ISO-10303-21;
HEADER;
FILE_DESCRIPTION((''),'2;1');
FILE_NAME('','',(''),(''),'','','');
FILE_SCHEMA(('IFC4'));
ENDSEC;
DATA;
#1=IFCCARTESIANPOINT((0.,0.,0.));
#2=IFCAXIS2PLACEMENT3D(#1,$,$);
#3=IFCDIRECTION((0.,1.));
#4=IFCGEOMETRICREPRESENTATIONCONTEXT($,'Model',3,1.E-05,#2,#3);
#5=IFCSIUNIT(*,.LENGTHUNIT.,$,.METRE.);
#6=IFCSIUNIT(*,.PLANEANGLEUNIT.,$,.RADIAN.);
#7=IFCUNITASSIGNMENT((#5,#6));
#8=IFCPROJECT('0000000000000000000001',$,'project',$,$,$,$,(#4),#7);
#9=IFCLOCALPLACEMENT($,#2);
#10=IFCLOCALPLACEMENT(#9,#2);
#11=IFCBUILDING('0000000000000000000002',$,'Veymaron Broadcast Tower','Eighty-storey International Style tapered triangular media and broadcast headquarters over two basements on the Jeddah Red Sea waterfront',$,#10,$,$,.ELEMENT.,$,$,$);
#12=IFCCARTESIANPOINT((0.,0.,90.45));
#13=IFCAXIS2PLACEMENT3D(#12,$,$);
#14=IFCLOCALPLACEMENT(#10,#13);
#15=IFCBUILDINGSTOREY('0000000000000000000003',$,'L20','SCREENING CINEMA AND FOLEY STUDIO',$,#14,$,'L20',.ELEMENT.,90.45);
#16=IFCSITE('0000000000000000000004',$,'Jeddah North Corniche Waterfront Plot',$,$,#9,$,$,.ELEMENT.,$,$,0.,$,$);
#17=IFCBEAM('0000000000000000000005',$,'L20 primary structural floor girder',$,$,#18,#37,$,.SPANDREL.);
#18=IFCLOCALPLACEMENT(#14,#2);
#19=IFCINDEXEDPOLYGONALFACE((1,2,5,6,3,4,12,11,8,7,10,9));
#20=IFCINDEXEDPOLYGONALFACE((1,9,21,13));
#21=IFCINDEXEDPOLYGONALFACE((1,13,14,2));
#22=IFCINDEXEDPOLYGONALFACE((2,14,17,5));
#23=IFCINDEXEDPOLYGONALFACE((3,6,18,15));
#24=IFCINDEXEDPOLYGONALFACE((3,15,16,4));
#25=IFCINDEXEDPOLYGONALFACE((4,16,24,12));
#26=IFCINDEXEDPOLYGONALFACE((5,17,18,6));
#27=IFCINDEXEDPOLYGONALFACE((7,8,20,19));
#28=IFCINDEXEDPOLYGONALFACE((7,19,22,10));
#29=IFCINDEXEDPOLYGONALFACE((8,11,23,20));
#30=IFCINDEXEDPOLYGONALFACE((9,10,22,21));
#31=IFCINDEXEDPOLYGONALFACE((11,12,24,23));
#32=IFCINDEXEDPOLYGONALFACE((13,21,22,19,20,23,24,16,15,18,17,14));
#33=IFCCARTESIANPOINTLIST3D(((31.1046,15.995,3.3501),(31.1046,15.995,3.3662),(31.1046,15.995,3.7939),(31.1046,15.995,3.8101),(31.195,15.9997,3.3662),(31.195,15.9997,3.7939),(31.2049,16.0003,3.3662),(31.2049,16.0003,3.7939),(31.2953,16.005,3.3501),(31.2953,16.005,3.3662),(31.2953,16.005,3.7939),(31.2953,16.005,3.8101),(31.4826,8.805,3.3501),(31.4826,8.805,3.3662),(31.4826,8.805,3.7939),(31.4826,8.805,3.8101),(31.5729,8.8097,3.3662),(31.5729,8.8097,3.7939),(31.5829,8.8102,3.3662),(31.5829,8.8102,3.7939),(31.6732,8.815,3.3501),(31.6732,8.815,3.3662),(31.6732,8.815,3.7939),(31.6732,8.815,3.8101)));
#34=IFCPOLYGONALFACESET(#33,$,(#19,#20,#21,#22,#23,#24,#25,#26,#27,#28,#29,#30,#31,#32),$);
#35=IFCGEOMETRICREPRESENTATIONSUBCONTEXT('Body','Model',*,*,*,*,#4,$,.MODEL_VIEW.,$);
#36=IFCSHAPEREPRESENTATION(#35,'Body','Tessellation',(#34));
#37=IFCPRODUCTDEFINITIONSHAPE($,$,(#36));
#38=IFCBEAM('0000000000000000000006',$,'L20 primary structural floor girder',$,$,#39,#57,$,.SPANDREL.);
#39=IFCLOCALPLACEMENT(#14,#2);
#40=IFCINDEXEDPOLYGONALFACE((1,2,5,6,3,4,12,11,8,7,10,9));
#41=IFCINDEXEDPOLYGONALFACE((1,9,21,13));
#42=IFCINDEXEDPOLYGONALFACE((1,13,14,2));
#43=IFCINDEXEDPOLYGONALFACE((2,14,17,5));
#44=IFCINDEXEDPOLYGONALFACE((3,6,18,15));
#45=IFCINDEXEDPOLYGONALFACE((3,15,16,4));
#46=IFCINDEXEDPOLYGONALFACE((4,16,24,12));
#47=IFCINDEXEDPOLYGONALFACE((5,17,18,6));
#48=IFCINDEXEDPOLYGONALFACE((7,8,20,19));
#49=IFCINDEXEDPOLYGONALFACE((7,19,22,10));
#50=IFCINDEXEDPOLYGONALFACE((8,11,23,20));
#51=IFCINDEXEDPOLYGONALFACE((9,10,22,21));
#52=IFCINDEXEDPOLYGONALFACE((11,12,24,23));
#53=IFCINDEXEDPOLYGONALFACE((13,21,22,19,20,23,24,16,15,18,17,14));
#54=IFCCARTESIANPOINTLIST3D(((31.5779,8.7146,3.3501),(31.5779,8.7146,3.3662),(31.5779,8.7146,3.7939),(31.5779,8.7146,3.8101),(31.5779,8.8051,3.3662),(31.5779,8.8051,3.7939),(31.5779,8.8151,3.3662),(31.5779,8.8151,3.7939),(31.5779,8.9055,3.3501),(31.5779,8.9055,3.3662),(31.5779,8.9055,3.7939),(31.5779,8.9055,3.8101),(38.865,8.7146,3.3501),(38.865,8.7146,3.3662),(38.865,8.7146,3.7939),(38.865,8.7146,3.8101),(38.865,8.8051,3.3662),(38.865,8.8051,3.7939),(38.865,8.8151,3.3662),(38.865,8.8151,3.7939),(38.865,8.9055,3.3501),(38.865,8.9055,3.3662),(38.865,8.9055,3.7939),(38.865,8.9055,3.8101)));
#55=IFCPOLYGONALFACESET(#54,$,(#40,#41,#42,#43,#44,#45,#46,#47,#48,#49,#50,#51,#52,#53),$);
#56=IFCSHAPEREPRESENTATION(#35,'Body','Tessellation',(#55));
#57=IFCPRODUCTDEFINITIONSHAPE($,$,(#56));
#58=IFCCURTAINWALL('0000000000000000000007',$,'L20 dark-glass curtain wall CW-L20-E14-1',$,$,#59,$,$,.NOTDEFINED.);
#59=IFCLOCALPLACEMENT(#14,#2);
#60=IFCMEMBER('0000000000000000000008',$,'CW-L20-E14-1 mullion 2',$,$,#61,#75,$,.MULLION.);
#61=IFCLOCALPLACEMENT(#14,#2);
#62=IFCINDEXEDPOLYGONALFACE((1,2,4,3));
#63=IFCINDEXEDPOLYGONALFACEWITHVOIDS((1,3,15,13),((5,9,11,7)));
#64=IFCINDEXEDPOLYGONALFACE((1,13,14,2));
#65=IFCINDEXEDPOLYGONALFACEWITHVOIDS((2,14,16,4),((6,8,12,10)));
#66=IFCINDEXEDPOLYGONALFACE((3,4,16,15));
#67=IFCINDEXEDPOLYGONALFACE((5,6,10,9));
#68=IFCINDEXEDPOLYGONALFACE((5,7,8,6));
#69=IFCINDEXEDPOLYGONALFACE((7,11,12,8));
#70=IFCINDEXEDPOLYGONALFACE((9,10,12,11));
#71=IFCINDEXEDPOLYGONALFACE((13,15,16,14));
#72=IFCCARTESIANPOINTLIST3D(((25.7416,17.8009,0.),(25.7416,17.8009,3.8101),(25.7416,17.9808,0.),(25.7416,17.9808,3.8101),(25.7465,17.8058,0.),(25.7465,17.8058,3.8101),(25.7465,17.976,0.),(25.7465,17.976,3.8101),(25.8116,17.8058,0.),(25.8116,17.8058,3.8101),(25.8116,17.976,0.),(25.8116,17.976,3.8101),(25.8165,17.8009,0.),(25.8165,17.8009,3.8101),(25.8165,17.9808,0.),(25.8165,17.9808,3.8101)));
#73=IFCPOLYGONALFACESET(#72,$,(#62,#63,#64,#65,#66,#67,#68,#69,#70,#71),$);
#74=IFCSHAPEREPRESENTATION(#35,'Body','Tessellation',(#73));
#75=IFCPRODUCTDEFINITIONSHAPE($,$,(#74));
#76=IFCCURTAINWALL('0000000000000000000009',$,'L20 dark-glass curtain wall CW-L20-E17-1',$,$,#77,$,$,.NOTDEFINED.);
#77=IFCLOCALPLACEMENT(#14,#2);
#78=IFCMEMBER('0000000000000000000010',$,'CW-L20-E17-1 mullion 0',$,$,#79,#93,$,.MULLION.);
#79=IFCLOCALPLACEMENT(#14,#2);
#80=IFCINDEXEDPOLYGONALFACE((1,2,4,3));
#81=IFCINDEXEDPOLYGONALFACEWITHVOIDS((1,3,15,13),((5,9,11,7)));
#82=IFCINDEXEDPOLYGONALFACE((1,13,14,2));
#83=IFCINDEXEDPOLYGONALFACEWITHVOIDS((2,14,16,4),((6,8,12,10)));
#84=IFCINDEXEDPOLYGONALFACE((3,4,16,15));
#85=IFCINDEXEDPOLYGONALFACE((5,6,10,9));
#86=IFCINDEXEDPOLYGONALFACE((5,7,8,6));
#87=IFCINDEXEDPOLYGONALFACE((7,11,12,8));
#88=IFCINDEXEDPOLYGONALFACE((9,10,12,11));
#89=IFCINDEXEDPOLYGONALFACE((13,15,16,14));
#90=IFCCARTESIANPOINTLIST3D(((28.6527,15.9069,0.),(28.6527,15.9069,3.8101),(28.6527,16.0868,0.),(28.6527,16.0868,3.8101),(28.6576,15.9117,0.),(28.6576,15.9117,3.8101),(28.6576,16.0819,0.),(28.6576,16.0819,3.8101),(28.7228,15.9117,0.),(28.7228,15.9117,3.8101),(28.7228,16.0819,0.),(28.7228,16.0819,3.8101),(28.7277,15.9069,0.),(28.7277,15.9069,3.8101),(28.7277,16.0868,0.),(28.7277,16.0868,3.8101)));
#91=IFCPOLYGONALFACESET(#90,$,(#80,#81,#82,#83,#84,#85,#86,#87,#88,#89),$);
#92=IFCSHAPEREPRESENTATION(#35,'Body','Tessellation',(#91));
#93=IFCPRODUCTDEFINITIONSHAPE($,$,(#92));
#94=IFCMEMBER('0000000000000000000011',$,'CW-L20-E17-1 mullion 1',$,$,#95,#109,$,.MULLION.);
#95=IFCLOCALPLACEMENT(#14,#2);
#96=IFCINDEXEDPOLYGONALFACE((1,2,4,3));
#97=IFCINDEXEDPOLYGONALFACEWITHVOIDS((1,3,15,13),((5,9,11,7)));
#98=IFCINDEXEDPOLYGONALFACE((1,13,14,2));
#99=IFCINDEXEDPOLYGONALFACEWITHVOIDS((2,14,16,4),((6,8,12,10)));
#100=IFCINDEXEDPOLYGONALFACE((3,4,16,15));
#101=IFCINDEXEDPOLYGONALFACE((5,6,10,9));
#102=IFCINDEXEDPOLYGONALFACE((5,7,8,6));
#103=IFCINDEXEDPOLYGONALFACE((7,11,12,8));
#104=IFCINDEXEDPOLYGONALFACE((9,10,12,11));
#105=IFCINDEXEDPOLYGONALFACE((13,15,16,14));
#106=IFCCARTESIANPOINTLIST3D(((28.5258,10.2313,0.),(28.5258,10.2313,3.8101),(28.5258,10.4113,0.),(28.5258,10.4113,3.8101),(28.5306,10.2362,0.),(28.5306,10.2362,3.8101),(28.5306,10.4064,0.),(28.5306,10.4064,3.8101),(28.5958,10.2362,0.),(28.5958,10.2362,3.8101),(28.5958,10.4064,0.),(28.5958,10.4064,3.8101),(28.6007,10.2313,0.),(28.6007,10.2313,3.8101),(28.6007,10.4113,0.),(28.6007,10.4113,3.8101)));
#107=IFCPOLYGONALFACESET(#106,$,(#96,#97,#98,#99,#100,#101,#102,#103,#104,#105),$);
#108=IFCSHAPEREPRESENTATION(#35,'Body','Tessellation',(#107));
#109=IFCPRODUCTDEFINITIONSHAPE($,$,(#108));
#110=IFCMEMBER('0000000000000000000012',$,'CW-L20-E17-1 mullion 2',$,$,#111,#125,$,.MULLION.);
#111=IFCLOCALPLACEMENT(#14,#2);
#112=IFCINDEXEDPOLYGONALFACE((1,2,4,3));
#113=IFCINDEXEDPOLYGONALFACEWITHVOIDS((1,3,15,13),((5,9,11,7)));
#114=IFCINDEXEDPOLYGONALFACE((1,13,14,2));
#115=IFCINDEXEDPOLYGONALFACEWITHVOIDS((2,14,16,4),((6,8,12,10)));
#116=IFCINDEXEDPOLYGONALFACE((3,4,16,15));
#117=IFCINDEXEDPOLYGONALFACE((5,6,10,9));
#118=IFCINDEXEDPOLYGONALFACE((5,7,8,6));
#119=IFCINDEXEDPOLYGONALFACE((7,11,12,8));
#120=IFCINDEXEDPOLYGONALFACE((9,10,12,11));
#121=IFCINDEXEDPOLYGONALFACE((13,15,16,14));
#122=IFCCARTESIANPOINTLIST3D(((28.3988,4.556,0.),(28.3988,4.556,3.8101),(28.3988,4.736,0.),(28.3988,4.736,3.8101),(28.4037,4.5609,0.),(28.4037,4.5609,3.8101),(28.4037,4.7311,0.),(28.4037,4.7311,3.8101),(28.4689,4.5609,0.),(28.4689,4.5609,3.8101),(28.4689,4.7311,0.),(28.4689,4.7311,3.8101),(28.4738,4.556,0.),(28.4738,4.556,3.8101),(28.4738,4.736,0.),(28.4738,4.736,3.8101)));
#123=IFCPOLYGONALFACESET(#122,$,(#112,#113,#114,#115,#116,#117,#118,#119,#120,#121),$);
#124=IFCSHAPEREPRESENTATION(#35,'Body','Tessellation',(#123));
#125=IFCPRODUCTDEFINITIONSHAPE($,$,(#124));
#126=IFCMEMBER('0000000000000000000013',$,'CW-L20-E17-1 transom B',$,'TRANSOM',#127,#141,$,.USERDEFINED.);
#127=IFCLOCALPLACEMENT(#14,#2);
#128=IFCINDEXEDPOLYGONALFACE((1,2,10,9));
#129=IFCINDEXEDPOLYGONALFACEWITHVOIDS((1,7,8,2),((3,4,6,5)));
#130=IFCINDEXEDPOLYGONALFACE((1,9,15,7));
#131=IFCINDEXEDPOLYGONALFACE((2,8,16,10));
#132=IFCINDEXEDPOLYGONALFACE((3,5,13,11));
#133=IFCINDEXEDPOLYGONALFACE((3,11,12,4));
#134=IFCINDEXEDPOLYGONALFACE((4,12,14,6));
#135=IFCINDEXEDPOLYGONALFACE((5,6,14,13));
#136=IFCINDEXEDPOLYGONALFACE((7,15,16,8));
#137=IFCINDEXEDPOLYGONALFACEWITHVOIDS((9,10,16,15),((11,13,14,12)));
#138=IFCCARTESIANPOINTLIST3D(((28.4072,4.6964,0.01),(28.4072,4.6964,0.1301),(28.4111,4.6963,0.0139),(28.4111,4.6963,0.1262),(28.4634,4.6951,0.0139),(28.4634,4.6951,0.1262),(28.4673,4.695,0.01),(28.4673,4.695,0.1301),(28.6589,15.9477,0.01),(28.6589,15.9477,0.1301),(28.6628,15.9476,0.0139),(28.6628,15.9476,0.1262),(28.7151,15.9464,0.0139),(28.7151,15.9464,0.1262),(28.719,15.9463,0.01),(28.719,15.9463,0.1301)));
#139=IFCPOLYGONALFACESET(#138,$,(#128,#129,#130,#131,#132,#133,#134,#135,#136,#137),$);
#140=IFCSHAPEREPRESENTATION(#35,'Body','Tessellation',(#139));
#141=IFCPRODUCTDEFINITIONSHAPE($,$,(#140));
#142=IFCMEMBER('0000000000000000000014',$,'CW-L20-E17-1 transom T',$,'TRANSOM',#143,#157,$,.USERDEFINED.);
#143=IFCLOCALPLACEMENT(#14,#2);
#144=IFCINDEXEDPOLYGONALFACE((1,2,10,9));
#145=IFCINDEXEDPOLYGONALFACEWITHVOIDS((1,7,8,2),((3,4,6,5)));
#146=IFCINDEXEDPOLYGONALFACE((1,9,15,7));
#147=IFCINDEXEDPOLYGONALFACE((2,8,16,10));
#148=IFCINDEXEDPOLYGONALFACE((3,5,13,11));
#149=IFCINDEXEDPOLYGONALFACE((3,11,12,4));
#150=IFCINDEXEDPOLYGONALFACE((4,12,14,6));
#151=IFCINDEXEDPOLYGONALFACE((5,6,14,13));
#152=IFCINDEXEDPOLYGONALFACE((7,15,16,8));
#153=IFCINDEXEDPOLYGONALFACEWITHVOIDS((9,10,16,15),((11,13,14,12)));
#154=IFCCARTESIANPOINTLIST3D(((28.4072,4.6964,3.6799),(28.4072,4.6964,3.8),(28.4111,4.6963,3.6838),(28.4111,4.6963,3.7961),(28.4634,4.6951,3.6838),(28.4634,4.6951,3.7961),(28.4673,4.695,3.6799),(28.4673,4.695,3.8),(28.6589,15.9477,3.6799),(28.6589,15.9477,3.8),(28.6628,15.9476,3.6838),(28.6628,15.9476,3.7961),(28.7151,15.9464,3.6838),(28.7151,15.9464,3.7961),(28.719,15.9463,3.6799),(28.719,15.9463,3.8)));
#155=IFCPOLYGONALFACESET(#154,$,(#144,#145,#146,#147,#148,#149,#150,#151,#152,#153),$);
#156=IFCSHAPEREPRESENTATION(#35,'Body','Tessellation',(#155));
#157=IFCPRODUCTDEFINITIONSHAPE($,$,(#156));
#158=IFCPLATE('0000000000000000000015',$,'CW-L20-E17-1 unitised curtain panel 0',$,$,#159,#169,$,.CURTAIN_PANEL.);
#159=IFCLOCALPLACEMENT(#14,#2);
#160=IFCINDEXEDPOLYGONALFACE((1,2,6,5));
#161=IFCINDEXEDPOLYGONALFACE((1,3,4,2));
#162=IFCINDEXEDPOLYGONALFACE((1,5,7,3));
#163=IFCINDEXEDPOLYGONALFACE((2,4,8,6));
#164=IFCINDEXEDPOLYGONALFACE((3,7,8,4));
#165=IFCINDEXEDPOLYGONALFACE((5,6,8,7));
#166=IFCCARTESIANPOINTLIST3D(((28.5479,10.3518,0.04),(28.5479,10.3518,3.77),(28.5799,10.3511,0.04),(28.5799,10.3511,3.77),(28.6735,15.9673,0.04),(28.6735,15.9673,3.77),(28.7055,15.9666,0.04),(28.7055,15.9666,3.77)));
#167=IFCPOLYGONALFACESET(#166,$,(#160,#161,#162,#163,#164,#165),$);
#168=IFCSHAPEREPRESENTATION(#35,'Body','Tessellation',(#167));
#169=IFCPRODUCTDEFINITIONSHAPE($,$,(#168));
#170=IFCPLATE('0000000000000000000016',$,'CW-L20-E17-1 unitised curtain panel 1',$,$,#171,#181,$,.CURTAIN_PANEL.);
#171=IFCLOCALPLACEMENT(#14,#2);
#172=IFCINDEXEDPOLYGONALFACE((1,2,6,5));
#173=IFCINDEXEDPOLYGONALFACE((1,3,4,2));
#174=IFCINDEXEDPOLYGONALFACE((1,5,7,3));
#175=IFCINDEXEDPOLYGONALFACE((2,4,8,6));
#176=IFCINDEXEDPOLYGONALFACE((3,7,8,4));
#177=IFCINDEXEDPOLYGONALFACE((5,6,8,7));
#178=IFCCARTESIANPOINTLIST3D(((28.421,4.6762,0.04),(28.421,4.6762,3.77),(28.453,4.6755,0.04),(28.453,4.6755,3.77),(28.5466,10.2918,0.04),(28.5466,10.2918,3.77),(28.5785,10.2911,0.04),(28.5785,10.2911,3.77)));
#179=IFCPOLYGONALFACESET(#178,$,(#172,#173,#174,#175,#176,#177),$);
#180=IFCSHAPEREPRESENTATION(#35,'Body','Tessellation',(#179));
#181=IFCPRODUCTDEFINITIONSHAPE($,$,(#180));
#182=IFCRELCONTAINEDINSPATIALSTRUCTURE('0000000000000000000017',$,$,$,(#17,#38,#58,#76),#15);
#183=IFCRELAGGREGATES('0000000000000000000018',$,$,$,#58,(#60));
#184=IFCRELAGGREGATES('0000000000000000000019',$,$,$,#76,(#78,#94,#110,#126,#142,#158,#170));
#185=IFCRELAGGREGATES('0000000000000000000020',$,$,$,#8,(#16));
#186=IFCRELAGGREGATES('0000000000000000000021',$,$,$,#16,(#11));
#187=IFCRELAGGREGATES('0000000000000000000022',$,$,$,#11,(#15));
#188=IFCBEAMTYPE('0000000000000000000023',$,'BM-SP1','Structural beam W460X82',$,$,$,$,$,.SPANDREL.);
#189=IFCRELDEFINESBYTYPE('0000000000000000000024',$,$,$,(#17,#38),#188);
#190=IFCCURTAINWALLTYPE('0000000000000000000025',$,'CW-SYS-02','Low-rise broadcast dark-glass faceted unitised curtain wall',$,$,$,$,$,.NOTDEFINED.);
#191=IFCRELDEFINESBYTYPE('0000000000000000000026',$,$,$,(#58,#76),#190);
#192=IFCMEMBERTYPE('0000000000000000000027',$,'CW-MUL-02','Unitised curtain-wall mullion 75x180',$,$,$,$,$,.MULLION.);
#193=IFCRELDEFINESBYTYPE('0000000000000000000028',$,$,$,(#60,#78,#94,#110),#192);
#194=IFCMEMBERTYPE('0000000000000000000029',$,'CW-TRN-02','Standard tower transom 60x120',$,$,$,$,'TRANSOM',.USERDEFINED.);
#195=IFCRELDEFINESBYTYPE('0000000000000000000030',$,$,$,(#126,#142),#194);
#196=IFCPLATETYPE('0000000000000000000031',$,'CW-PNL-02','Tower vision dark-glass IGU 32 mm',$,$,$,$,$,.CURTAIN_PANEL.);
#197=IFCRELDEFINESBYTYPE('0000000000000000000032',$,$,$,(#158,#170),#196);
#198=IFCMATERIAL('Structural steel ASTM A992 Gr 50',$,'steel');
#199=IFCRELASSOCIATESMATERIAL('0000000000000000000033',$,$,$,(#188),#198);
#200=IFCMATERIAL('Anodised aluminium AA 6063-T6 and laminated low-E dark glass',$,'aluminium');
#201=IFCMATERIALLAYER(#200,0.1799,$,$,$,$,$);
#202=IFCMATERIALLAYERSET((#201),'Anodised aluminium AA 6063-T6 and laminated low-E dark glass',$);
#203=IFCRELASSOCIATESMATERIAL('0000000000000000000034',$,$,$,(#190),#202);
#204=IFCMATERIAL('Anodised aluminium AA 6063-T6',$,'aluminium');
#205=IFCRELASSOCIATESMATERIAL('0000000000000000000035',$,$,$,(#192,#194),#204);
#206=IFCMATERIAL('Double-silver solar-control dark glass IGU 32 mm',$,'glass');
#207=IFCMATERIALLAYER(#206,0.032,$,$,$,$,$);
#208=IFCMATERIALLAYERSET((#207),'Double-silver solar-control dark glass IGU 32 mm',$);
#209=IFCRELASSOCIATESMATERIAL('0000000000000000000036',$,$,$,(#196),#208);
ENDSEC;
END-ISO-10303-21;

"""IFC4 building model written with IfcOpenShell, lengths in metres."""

from ifc_helpers import new_model, si_unit, direction, frame, origin, origin_2d, place, context, subcontext, project, spatial, rectangle, hollow_rectangle, i_section, extrude, material, layer, layer_set, material_profile, profile_set, type_object, element, aggregate, save


model = new_model("IFC4")

# Units and contexts
model_context = context("Model", 3, precision=1e-05, world=origin(), true_north=direction((0.0, 1.0)))
body_context = subcontext(model_context, "Body", "Model", "MODEL_VIEW")
ifc_project = project(units=[si_unit("LENGTHUNIT", "METRE"), si_unit("PLANEANGLEUNIT", "RADIAN")], contexts=[model_context])

# Site, building, storey
site_placement = place(None, origin())
site = spatial("IfcSite", under=ifc_project, at=site_placement, Name="Jeddah North Corniche Waterfront Plot", CompositionType="ELEMENT", RefElevation=0.0)
building_placement = place(site_placement, origin())
building = spatial("IfcBuilding", under=site, at=building_placement, Name="Veymaron Broadcast Tower", Description="Eighty-storey International Style tapered triangular media and broadcast headquarters over two basements on the Jeddah Red Sea waterfront", CompositionType="ELEMENT")
storey_placement = place(building_placement, frame((0.0, 0.0, 90.45)))
storey = spatial("IfcBuildingStorey", under=building, at=storey_placement, Name="L20", Description="SCREENING CINEMA AND FOLEY STUDIO", LongName="L20", CompositionType="ELEMENT", Elevation=90.45)

# Beams
ifc_material_1 = material(Name="Structural steel ASTM A992 Gr 50", Category="steel")
ifc_material_profile_1 = material_profile(ifc_material_1, i_section(OverallWidth=0.1909, OverallDepth=0.46, WebThickness=0.01, FlangeThickness=0.0161, at=origin_2d()), Name="W460X82")
ifc_profile_set_1 = profile_set([ifc_material_profile_1], Name="Structural steel ASTM A992 Gr 50")
beam_type_1 = type_object("IfcBeamType", Name="BM-SP1", Description="Structural beam W460X82", PredefinedType="SPANDREL", material=ifc_profile_set_1)
beam_1_placement = place(storey_placement, frame((31.2, 16.0, 3.5801), z_axis=(0.052491, -0.998621, 0.0), x_axis=(0.998621, 0.052491, 0.0)))
element("IfcBeam", 1, at=beam_1_placement, inside=storey, type_object=beam_type_1, Name="L20 primary structural floor girder", PredefinedType="SPANDREL", context=body_context, shape_type="SweptSolid", body=[
    extrude(i_section(OverallWidth=0.1909, OverallDepth=0.46, WebThickness=0.01, FlangeThickness=0.0161, at=origin_2d()), origin(), (0.0, 0.0, 1.0), 7.2),
])
beam_2_placement = place(storey_placement, frame((31.5779, 8.8101, 3.5801), z_axis=(1.0, 0.0, 0.0), x_axis=(0.0, 1.0, 0.0)))
element("IfcBeam", 2, at=beam_2_placement, inside=storey, type_object=beam_type_1, Name="L20 primary structural floor girder", PredefinedType="SPANDREL", context=body_context, shape_type="SweptSolid", body=[
    extrude(i_section(OverallWidth=0.1909, OverallDepth=0.46, WebThickness=0.01, FlangeThickness=0.0161, at=origin_2d()), origin(), (0.0, 0.0, 1.0), 7.2871),
])

# Curtain wall, member
ifc_material_2 = material(Name="Anodised aluminium AA 6063-T6 and laminated low-E dark glass", Category="aluminium")
ifc_layer_1 = layer(ifc_material_2, 0.1799)
ifc_layer_set_1 = layer_set([ifc_layer_1], Name="Anodised aluminium AA 6063-T6 and laminated low-E dark glass")
curtain_wall_type = type_object("IfcCurtainWallType", Name="CW-SYS-02", Description="Low-rise broadcast dark-glass faceted unitised curtain wall", PredefinedType="NOTDEFINED", material=ifc_layer_set_1)
curtain_wall_1_placement = place(storey_placement, origin())
curtain_wall_1 = element("IfcCurtainWall", 3, at=curtain_wall_1_placement, inside=storey, type_object=curtain_wall_type, Name="L20 dark-glass curtain wall CW-L20-E14-1", PredefinedType="NOTDEFINED")
ifc_material_3 = material(Name="Anodised aluminium AA 6063-T6", Category="aluminium")
ifc_material_profile_2 = material_profile(ifc_material_3, hollow_rectangle(XDim=0.075, YDim=0.1799, WallThickness=0.0049, at=origin_2d()), Name="AL180X75X5")
ifc_profile_set_2 = profile_set([ifc_material_profile_2], Name="Anodised aluminium AA 6063-T6")
member_type_1 = type_object("IfcMemberType", Name="CW-MUL-02", Description="Unitised curtain-wall mullion 75x180", PredefinedType="MULLION", material=ifc_profile_set_2)
member_1_placement = place(storey_placement, frame((25.7791, 17.8909, 0.0), z_axis=(0.0, 0.0, 1.0), x_axis=(1.0, 0.0, 0.0)))
member_1 = element("IfcMember", 4, at=member_1_placement, type_object=member_type_1, Name="CW-L20-E14-1 mullion 2", PredefinedType="MULLION", context=body_context, shape_type="SweptSolid", body=[
    extrude(hollow_rectangle(XDim=0.075, YDim=0.1799, WallThickness=0.0049, at=origin_2d()), origin(), (0.0, 0.0, 1.0), 3.8101),
])
aggregate(curtain_wall_1, [member_1])

# Curtain wall, members, plates
curtain_wall_2_placement = place(storey_placement, origin())
curtain_wall_2 = element("IfcCurtainWall", 5, at=curtain_wall_2_placement, inside=storey, type_object=curtain_wall_type, Name="L20 dark-glass curtain wall CW-L20-E17-1", PredefinedType="NOTDEFINED")
member_2_placement = place(storey_placement, frame((28.6902, 15.9968, 0.0), z_axis=(0.0, 0.0, 1.0), x_axis=(1.0, 0.0, 0.0)))
member_2 = element("IfcMember", 6, at=member_2_placement, type_object=member_type_1, Name="CW-L20-E17-1 mullion 0", PredefinedType="MULLION", context=body_context, shape_type="SweptSolid", body=[
    extrude(hollow_rectangle(XDim=0.075, YDim=0.1799, WallThickness=0.0049, at=origin_2d()), origin(), (0.0, 0.0, 1.0), 3.8101),
])
member_3_placement = place(storey_placement, frame((28.5632, 10.3213, 0.0), z_axis=(0.0, 0.0, 1.0), x_axis=(1.0, 0.0, 0.0)))
member_3 = element("IfcMember", 7, at=member_3_placement, type_object=member_type_1, Name="CW-L20-E17-1 mullion 1", PredefinedType="MULLION", context=body_context, shape_type="SweptSolid", body=[
    extrude(hollow_rectangle(XDim=0.075, YDim=0.1799, WallThickness=0.0049, at=origin_2d()), origin(), (0.0, 0.0, 1.0), 3.8101),
])
member_4_placement = place(storey_placement, frame((28.4363, 4.646, 0.0), z_axis=(0.0, 0.0, 1.0), x_axis=(1.0, 0.0, 0.0)))
member_4 = element("IfcMember", 8, at=member_4_placement, type_object=member_type_1, Name="CW-L20-E17-1 mullion 2", PredefinedType="MULLION", context=body_context, shape_type="SweptSolid", body=[
    extrude(hollow_rectangle(XDim=0.075, YDim=0.1799, WallThickness=0.0049, at=origin_2d()), origin(), (0.0, 0.0, 1.0), 3.8101),
])
ifc_material_profile_3 = material_profile(ifc_material_3, hollow_rectangle(XDim=0.0601, YDim=0.1201, WallThickness=0.0039, at=origin_2d()), Name="AL120X60X4")
ifc_profile_set_3 = profile_set([ifc_material_profile_3], Name="Anodised aluminium AA 6063-T6")
member_type_2 = type_object("IfcMemberType", Name="CW-TRN-02", Description="Standard tower transom 60x120", ElementType="TRANSOM", PredefinedType="USERDEFINED", material=ifc_profile_set_3)
member_5_placement = place(storey_placement, frame((28.689, 15.947, 0.0701), z_axis=(-0.022366, -0.99975, 0.0), x_axis=(0.99975, -0.022366, 0.0)))
member_5 = element("IfcMember", 9, at=member_5_placement, type_object=member_type_2, Name="CW-L20-E17-1 transom B", ObjectType="TRANSOM", PredefinedType="USERDEFINED", context=body_context, shape_type="SweptSolid", body=[
    extrude(hollow_rectangle(XDim=0.0601, YDim=0.1201, WallThickness=0.0039, at=origin_2d()), origin(), (0.0, 0.0, 1.0), 11.2542),
])
member_6_placement = place(storey_placement, frame((28.689, 15.947, 3.74), z_axis=(-0.022366, -0.99975, 0.0), x_axis=(0.99975, -0.022366, 0.0)))
member_6 = element("IfcMember", 10, at=member_6_placement, type_object=member_type_2, Name="CW-L20-E17-1 transom T", ObjectType="TRANSOM", PredefinedType="USERDEFINED", context=body_context, shape_type="SweptSolid", body=[
    extrude(hollow_rectangle(XDim=0.0601, YDim=0.1201, WallThickness=0.0039, at=origin_2d()), origin(), (0.0, 0.0, 1.0), 11.2542),
])
ifc_material_4 = material(Name="Double-silver solar-control dark glass IGU 32 mm", Category="glass")
ifc_layer_2 = layer(ifc_material_4, 0.032)
ifc_layer_set_2 = layer_set([ifc_layer_2], Name="Double-silver solar-control dark glass IGU 32 mm")
plate_type_1 = type_object("IfcPlateType", Name="CW-PNL-02", Description="Tower vision dark-glass IGU 32 mm", PredefinedType="CURTAIN_PANEL", material=ifc_layer_set_2)
plate_1_placement = place(storey_placement, frame((28.6267, 13.1592, 0.04), z_axis=(0.0, 0.0, 1.0), x_axis=(-0.022356, -0.99975, 0.0)))
plate_1 = element("IfcPlate", 11, at=plate_1_placement, type_object=plate_type_1, Name="CW-L20-E17-1 unitised curtain panel 0", PredefinedType="CURTAIN_PANEL", context=body_context, shape_type="SweptSolid", body=[
    extrude(rectangle(XDim=5.6169, YDim=0.032, at=origin_2d()), origin(), (0.0, 0.0, 1.0), 3.73),
])
plate_2_placement = place(storey_placement, frame((28.4998, 7.4836, 0.04), z_axis=(0.0, 0.0, 1.0), x_axis=(-0.022356, -0.99975, 0.0)))
plate_2 = element("IfcPlate", 12, at=plate_2_placement, type_object=plate_type_1, Name="CW-L20-E17-1 unitised curtain panel 1", PredefinedType="CURTAIN_PANEL", context=body_context, shape_type="SweptSolid", body=[
    extrude(rectangle(XDim=5.6169, YDim=0.032, at=origin_2d()), origin(), (0.0, 0.0, 1.0), 3.73),
])
aggregate(curtain_wall_2, [member_2, member_3, member_4, member_5, member_6, plate_1, plate_2])

save(model, "model.ifc")
